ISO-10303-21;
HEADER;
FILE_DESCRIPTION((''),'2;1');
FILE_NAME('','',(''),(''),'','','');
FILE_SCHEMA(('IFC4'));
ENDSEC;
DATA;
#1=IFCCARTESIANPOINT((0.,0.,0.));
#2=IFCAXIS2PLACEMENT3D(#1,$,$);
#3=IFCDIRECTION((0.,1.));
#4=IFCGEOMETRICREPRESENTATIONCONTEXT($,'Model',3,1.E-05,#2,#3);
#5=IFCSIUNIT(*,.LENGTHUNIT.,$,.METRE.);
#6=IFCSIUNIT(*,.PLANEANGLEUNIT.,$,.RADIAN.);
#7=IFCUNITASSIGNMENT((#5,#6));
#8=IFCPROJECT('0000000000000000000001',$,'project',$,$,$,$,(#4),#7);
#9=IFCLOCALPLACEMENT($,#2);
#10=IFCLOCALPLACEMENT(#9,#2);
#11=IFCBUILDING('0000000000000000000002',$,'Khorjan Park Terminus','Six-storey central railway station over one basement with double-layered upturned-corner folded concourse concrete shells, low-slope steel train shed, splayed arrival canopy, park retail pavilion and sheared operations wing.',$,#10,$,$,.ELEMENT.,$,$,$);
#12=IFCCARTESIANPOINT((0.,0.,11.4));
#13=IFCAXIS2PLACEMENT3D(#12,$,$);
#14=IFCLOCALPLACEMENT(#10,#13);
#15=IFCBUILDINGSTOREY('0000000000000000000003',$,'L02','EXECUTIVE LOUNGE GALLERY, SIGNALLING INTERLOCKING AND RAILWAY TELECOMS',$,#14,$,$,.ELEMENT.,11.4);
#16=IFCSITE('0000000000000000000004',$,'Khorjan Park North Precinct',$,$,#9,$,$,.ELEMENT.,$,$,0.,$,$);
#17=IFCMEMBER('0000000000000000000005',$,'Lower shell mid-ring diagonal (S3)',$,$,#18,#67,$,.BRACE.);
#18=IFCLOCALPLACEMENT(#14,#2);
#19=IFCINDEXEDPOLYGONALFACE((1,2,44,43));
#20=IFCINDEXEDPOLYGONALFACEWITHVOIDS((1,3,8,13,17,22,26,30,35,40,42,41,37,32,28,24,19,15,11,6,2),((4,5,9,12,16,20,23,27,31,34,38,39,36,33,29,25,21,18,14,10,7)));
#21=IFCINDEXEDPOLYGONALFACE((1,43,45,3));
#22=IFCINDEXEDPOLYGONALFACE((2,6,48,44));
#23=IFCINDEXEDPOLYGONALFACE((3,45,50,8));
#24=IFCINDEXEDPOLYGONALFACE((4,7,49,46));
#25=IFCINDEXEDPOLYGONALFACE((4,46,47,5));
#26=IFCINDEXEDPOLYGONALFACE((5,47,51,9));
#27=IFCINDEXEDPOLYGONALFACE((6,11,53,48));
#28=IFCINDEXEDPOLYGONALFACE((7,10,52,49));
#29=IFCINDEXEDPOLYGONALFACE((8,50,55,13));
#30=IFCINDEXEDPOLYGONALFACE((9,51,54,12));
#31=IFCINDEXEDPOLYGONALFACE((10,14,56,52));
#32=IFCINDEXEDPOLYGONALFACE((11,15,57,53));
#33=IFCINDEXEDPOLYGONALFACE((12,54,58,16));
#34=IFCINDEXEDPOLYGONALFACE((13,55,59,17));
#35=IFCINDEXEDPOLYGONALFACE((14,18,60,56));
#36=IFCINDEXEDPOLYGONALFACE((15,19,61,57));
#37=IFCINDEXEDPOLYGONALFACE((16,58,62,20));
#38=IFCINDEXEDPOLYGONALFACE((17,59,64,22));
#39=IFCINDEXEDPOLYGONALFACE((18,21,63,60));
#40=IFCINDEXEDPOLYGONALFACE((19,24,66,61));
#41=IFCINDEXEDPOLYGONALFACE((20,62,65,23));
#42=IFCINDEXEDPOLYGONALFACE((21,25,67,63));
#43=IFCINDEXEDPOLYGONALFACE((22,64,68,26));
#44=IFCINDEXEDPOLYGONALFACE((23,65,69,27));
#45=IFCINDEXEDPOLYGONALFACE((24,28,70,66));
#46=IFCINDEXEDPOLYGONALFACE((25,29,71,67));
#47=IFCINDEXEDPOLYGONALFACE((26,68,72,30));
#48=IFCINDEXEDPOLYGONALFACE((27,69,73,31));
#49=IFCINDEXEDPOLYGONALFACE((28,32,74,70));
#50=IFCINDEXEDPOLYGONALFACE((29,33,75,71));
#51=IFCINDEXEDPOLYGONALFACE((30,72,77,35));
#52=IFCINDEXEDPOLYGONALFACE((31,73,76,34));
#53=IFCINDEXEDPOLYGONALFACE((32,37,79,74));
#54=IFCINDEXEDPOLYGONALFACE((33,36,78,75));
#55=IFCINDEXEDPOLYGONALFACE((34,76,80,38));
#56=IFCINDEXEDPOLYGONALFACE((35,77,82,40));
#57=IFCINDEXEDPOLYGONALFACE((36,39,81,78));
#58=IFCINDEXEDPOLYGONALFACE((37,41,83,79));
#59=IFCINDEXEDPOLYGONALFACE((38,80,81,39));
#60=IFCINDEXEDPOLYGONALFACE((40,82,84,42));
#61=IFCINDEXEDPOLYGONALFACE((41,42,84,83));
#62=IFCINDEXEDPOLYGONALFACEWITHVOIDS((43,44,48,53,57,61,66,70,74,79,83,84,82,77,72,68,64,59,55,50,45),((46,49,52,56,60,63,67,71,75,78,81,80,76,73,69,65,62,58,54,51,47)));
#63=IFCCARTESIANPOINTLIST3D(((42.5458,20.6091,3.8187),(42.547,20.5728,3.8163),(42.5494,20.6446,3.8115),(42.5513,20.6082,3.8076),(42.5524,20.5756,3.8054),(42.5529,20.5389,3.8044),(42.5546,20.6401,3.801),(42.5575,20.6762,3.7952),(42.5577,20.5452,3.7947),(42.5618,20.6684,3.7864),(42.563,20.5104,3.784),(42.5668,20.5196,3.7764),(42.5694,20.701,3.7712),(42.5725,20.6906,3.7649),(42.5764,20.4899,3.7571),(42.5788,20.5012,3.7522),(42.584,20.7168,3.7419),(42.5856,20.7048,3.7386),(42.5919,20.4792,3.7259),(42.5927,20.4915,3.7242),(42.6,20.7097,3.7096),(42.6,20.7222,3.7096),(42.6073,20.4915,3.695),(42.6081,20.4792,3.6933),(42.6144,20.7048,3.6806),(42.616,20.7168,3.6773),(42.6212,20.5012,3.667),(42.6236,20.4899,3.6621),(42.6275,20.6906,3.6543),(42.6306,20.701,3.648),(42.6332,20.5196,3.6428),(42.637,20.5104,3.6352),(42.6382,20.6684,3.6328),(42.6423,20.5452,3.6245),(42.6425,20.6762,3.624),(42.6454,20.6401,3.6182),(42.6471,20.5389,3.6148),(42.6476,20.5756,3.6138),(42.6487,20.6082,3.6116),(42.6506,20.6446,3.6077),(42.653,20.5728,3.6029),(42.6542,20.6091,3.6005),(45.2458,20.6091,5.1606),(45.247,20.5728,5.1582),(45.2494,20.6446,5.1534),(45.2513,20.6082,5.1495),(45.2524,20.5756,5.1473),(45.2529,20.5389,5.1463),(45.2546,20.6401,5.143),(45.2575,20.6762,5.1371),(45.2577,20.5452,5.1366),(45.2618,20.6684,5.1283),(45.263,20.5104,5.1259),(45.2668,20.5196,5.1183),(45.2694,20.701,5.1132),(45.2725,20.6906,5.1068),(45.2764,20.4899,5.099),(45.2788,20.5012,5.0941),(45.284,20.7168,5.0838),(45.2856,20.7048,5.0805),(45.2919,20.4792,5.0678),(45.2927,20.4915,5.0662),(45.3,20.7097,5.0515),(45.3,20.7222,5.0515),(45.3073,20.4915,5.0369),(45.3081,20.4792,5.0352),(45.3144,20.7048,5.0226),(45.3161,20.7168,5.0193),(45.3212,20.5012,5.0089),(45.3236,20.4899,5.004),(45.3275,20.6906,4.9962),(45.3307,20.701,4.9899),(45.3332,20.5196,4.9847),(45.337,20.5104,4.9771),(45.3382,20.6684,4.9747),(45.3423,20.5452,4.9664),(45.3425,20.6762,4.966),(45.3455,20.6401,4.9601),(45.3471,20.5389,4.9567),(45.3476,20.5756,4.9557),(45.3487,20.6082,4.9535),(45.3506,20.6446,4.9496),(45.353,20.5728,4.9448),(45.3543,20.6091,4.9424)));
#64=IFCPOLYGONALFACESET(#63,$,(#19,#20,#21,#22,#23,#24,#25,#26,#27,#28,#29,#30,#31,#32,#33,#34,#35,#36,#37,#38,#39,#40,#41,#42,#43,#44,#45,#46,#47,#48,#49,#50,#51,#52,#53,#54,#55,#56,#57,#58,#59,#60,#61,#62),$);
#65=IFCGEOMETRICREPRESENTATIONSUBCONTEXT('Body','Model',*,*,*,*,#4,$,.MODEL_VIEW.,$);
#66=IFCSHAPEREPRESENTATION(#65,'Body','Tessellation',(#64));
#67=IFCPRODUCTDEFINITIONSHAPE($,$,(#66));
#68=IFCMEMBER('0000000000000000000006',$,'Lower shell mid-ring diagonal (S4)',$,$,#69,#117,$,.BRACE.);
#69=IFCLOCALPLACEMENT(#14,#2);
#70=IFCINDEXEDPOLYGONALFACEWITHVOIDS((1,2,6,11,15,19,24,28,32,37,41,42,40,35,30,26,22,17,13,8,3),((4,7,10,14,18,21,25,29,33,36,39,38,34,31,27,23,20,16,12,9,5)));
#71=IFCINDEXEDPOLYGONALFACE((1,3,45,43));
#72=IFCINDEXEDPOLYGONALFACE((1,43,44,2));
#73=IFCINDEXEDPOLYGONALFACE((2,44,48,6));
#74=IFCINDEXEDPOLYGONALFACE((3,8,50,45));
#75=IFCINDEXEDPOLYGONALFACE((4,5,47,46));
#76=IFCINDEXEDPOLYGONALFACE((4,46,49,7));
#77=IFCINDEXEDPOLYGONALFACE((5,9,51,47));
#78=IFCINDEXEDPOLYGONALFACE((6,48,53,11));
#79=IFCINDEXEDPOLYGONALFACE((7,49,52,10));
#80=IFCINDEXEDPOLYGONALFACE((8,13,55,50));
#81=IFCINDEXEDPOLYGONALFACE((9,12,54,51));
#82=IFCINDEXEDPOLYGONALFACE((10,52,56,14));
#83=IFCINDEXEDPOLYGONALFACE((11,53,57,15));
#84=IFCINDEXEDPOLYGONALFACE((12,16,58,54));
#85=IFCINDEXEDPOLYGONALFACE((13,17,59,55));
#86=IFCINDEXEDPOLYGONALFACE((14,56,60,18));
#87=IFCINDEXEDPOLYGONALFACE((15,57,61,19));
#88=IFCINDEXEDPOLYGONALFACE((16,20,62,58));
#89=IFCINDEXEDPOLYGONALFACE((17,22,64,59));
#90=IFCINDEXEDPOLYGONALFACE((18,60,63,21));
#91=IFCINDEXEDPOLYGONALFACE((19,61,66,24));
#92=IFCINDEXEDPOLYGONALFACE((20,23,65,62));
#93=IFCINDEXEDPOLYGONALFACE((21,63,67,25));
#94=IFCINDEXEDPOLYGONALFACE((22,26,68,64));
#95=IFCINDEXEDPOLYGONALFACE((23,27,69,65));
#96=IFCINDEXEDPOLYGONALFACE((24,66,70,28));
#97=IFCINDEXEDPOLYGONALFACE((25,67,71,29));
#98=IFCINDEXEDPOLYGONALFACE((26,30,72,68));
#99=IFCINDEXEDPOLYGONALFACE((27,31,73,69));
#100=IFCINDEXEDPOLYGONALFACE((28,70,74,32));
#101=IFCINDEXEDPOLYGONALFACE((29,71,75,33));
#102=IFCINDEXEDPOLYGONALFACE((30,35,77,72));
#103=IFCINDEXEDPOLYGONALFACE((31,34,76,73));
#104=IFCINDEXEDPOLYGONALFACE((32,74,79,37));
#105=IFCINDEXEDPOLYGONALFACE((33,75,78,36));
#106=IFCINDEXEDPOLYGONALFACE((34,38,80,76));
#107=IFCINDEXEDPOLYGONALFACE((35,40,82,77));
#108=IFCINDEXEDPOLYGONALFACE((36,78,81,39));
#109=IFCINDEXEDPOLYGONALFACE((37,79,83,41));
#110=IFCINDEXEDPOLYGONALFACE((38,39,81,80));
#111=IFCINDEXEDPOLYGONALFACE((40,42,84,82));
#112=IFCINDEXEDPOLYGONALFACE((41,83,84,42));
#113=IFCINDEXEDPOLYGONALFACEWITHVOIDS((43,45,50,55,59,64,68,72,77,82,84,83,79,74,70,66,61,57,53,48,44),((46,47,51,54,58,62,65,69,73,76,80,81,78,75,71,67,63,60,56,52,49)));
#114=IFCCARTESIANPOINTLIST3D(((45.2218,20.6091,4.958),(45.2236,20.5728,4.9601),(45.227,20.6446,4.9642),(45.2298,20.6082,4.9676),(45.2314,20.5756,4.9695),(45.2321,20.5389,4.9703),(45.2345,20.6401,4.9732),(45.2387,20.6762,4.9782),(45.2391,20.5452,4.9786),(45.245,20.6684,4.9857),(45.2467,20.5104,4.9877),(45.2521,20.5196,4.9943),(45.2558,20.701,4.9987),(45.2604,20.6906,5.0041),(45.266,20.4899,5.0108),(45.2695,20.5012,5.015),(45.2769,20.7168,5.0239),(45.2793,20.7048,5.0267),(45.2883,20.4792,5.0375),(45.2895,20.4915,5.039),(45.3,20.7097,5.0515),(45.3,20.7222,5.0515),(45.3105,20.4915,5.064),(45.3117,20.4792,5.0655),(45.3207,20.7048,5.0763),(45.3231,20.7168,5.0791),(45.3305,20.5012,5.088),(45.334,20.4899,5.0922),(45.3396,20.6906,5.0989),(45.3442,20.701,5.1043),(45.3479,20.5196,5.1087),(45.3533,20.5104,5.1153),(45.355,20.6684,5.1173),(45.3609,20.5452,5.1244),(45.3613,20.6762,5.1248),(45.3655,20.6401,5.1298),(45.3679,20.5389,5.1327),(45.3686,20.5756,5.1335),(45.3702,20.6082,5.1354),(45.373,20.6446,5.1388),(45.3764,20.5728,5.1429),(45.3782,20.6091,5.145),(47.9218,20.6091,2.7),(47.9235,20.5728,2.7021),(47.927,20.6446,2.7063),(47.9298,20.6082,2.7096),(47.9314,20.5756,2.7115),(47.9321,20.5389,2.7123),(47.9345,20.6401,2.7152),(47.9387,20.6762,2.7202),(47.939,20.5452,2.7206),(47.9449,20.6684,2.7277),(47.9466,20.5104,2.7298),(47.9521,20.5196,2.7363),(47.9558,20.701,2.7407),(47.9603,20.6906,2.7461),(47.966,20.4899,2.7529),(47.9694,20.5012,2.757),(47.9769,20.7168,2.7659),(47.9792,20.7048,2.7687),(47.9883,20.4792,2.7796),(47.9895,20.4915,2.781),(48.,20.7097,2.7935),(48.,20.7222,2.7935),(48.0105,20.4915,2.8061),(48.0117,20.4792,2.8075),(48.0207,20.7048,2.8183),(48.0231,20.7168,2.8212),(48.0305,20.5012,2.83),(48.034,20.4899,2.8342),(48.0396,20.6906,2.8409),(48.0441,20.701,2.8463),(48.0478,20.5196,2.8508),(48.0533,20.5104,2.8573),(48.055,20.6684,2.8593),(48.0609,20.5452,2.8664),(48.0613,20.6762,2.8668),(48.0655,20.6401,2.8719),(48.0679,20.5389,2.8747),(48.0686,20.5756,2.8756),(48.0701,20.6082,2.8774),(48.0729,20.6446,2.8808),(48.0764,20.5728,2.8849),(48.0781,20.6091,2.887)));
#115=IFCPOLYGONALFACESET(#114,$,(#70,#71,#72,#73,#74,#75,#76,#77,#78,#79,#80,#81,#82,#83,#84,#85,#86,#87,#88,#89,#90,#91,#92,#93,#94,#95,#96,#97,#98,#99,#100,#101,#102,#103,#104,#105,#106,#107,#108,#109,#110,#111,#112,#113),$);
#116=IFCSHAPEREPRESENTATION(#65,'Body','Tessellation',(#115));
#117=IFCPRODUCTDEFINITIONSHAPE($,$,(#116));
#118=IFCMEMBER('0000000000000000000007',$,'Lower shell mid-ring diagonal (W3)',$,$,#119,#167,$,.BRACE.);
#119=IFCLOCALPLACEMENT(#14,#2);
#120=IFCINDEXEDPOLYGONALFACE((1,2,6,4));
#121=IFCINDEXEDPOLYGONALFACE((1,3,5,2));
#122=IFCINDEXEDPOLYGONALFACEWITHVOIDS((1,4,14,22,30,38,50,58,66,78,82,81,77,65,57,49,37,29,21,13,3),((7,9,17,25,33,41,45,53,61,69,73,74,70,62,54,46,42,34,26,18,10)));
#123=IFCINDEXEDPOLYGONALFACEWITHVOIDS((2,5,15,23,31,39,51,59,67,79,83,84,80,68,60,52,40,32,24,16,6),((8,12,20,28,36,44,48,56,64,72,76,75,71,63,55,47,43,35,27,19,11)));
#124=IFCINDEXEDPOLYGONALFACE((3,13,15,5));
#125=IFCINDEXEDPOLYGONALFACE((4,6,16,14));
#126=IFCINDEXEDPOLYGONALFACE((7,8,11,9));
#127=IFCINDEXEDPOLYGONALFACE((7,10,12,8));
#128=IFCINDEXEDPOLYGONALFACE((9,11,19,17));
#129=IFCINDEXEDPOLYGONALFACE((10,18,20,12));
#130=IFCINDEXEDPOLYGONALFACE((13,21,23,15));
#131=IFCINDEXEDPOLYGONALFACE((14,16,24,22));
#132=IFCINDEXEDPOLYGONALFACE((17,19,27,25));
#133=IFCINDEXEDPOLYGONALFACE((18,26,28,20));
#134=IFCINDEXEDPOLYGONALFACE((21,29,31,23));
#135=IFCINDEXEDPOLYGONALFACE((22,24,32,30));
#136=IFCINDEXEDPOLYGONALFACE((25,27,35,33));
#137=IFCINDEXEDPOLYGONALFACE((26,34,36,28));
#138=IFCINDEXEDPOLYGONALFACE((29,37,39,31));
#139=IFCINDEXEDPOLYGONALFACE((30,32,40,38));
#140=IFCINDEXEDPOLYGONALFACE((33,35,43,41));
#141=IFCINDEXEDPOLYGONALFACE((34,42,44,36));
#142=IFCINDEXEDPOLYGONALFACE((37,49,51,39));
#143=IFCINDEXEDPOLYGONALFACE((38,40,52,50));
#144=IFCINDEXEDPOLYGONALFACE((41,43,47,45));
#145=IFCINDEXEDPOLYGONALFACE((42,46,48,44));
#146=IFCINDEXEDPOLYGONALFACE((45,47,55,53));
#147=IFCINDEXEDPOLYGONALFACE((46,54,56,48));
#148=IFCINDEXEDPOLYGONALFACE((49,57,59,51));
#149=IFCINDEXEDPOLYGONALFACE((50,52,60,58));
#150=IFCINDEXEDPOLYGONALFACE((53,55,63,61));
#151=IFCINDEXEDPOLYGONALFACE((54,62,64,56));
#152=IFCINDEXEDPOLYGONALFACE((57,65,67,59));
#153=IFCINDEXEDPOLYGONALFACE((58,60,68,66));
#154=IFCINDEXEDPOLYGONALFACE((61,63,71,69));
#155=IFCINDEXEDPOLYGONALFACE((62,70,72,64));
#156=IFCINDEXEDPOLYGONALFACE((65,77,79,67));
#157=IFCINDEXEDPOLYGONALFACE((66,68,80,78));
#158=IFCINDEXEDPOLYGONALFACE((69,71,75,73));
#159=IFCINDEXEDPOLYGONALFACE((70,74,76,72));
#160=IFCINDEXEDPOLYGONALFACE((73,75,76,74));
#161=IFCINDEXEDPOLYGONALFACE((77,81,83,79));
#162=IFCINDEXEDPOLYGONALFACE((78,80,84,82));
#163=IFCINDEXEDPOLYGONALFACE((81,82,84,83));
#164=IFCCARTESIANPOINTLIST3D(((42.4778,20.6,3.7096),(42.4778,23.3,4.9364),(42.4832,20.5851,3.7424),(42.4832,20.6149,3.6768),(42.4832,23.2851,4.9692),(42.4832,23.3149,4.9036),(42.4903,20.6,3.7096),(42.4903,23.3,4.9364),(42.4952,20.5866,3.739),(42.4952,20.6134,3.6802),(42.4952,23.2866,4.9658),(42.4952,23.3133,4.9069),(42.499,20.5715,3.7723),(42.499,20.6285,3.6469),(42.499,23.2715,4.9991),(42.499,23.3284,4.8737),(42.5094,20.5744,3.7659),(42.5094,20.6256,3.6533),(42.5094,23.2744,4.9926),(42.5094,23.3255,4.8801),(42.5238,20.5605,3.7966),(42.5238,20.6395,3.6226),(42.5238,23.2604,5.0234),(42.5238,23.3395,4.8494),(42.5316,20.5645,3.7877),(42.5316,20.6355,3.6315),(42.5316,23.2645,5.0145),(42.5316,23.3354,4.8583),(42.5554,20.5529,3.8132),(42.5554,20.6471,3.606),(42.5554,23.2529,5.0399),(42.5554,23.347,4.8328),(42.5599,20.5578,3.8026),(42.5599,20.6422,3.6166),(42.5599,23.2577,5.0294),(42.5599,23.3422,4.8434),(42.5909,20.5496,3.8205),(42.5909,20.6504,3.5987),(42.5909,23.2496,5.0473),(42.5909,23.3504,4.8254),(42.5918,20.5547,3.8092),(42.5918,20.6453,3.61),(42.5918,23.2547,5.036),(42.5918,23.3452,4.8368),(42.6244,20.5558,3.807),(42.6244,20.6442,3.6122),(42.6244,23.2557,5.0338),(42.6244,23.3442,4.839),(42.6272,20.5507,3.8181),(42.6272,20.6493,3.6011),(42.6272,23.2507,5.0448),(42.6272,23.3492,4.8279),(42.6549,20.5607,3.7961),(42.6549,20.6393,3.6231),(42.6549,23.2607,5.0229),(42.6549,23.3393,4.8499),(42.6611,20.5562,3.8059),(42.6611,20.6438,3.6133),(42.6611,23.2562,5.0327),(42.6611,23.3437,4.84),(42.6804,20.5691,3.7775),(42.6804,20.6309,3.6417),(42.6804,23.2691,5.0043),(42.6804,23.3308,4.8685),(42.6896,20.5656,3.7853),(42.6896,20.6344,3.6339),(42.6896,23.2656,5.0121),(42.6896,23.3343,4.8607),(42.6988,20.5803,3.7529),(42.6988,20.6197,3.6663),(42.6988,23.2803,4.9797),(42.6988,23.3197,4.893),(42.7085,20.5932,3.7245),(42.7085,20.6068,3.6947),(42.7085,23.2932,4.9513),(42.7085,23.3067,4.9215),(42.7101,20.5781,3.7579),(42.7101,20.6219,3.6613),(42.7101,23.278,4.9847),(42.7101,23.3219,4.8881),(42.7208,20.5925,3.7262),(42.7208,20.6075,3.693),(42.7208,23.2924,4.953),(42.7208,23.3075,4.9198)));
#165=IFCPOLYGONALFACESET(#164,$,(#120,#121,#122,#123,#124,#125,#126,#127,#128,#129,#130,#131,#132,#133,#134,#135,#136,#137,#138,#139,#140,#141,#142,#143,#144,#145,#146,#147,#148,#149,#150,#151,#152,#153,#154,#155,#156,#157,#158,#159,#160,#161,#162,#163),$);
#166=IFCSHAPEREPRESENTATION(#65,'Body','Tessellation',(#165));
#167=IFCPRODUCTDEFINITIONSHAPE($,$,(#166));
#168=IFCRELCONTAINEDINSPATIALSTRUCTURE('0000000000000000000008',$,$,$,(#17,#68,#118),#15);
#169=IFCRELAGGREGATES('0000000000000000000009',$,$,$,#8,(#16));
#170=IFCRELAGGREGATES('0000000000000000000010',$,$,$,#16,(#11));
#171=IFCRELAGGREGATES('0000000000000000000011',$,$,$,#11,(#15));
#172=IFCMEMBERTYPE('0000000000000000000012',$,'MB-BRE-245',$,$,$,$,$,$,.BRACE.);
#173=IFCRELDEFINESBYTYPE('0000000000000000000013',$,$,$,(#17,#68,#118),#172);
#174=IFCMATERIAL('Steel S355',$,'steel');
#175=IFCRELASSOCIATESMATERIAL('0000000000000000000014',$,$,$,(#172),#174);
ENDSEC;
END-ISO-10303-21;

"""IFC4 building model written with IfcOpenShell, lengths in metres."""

from ifc_helpers import new_model, si_unit, direction, frame, origin, origin_2d, place, context, subcontext, project, spatial, hollow_circle, extrude, material, material_profile, profile_set, type_object, element, save


model = new_model("IFC4")

# Units and contexts
model_context = context("Model", 3, precision=1e-05, world=origin(), true_north=direction((0.0, 1.0)))
body_context = subcontext(model_context, "Body", "Model", "MODEL_VIEW")
ifc_project = project(units=[si_unit("LENGTHUNIT", "METRE"), si_unit("PLANEANGLEUNIT", "RADIAN")], contexts=[model_context])

# Site, building, storey
site_placement = place(None, origin())
site = spatial("IfcSite", under=ifc_project, at=site_placement, Name="Khorjan Park North Precinct", CompositionType="ELEMENT", RefElevation=0.0)
building_placement = place(site_placement, origin())
building = spatial("IfcBuilding", under=site, at=building_placement, Name="Khorjan Park Terminus", Description="Six-storey central railway station over one basement with double-layered upturned-corner folded concourse concrete shells, low-slope steel train shed, splayed arrival canopy, park retail pavilion and sheared operations wing.", CompositionType="ELEMENT")
storey_placement = place(building_placement, frame((0.0, 0.0, 11.4)))
storey = spatial("IfcBuildingStorey", under=building, at=storey_placement, Name="L02", Description="EXECUTIVE LOUNGE GALLERY, SIGNALLING INTERLOCKING AND RAILWAY TELECOMS", CompositionType="ELEMENT", Elevation=11.4)

# Members
ifc_material_1 = material(Name="Steel S355", Category="steel")
ifc_material_profile_1 = material_profile(ifc_material_1, hollow_circle(Radius=0.1222, WallThickness=0.0125, at=origin_2d()), Name="CHS 244.5x12.5")
ifc_profile_set_1 = profile_set([ifc_material_profile_1], Name="Steel S355")
member_type_1 = type_object("IfcMemberType", Name="MB-BRE-245", PredefinedType="BRACE", material=ifc_profile_set_1)
member_1_placement = place(storey_placement, frame((42.6, 20.6, 3.7096), z_axis=(0.895499, 0.0, 0.445063), x_axis=(0.0, 1.0, 0.0)))
element("IfcMember", 1, at=member_1_placement, inside=storey, type_object=member_type_1, Name="Lower shell mid-ring diagonal (S3)", PredefinedType="BRACE", context=body_context, shape_type="SweptSolid", body=[
    extrude(hollow_circle(Radius=0.1222, WallThickness=0.0125, at=origin_2d()), origin(), (0.0, 0.0, 1.0), 3.0151),
])
member_2_placement = place(storey_placement, frame((45.3, 20.6, 5.0515), z_axis=(0.767102, 0.0, -0.641525), x_axis=(0.0, 1.0, 0.0)))
element("IfcMember", 2, at=member_2_placement, inside=storey, type_object=member_type_1, Name="Lower shell mid-ring diagonal (S4)", PredefinedType="BRACE", context=body_context, shape_type="SweptSolid", body=[
    extrude(hollow_circle(Radius=0.1222, WallThickness=0.0125, at=origin_2d()), origin(), (0.0, 0.0, 1.0), 3.5197),
])
member_3_placement = place(storey_placement, frame((42.6, 20.6, 3.7096), z_axis=(0.0, 0.910427, 0.413671), x_axis=(-1.0, 0.0, 0.0)))
element("IfcMember", 3, at=member_3_placement, inside=storey, type_object=member_type_1, Name="Lower shell mid-ring diagonal (W3)", PredefinedType="BRACE", context=body_context, shape_type="SweptSolid", body=[
    extrude(hollow_circle(Radius=0.1222, WallThickness=0.0125, at=origin_2d()), origin(), (0.0, 0.0, 1.0), 2.9656),
])

save(model, "model.ifc")
